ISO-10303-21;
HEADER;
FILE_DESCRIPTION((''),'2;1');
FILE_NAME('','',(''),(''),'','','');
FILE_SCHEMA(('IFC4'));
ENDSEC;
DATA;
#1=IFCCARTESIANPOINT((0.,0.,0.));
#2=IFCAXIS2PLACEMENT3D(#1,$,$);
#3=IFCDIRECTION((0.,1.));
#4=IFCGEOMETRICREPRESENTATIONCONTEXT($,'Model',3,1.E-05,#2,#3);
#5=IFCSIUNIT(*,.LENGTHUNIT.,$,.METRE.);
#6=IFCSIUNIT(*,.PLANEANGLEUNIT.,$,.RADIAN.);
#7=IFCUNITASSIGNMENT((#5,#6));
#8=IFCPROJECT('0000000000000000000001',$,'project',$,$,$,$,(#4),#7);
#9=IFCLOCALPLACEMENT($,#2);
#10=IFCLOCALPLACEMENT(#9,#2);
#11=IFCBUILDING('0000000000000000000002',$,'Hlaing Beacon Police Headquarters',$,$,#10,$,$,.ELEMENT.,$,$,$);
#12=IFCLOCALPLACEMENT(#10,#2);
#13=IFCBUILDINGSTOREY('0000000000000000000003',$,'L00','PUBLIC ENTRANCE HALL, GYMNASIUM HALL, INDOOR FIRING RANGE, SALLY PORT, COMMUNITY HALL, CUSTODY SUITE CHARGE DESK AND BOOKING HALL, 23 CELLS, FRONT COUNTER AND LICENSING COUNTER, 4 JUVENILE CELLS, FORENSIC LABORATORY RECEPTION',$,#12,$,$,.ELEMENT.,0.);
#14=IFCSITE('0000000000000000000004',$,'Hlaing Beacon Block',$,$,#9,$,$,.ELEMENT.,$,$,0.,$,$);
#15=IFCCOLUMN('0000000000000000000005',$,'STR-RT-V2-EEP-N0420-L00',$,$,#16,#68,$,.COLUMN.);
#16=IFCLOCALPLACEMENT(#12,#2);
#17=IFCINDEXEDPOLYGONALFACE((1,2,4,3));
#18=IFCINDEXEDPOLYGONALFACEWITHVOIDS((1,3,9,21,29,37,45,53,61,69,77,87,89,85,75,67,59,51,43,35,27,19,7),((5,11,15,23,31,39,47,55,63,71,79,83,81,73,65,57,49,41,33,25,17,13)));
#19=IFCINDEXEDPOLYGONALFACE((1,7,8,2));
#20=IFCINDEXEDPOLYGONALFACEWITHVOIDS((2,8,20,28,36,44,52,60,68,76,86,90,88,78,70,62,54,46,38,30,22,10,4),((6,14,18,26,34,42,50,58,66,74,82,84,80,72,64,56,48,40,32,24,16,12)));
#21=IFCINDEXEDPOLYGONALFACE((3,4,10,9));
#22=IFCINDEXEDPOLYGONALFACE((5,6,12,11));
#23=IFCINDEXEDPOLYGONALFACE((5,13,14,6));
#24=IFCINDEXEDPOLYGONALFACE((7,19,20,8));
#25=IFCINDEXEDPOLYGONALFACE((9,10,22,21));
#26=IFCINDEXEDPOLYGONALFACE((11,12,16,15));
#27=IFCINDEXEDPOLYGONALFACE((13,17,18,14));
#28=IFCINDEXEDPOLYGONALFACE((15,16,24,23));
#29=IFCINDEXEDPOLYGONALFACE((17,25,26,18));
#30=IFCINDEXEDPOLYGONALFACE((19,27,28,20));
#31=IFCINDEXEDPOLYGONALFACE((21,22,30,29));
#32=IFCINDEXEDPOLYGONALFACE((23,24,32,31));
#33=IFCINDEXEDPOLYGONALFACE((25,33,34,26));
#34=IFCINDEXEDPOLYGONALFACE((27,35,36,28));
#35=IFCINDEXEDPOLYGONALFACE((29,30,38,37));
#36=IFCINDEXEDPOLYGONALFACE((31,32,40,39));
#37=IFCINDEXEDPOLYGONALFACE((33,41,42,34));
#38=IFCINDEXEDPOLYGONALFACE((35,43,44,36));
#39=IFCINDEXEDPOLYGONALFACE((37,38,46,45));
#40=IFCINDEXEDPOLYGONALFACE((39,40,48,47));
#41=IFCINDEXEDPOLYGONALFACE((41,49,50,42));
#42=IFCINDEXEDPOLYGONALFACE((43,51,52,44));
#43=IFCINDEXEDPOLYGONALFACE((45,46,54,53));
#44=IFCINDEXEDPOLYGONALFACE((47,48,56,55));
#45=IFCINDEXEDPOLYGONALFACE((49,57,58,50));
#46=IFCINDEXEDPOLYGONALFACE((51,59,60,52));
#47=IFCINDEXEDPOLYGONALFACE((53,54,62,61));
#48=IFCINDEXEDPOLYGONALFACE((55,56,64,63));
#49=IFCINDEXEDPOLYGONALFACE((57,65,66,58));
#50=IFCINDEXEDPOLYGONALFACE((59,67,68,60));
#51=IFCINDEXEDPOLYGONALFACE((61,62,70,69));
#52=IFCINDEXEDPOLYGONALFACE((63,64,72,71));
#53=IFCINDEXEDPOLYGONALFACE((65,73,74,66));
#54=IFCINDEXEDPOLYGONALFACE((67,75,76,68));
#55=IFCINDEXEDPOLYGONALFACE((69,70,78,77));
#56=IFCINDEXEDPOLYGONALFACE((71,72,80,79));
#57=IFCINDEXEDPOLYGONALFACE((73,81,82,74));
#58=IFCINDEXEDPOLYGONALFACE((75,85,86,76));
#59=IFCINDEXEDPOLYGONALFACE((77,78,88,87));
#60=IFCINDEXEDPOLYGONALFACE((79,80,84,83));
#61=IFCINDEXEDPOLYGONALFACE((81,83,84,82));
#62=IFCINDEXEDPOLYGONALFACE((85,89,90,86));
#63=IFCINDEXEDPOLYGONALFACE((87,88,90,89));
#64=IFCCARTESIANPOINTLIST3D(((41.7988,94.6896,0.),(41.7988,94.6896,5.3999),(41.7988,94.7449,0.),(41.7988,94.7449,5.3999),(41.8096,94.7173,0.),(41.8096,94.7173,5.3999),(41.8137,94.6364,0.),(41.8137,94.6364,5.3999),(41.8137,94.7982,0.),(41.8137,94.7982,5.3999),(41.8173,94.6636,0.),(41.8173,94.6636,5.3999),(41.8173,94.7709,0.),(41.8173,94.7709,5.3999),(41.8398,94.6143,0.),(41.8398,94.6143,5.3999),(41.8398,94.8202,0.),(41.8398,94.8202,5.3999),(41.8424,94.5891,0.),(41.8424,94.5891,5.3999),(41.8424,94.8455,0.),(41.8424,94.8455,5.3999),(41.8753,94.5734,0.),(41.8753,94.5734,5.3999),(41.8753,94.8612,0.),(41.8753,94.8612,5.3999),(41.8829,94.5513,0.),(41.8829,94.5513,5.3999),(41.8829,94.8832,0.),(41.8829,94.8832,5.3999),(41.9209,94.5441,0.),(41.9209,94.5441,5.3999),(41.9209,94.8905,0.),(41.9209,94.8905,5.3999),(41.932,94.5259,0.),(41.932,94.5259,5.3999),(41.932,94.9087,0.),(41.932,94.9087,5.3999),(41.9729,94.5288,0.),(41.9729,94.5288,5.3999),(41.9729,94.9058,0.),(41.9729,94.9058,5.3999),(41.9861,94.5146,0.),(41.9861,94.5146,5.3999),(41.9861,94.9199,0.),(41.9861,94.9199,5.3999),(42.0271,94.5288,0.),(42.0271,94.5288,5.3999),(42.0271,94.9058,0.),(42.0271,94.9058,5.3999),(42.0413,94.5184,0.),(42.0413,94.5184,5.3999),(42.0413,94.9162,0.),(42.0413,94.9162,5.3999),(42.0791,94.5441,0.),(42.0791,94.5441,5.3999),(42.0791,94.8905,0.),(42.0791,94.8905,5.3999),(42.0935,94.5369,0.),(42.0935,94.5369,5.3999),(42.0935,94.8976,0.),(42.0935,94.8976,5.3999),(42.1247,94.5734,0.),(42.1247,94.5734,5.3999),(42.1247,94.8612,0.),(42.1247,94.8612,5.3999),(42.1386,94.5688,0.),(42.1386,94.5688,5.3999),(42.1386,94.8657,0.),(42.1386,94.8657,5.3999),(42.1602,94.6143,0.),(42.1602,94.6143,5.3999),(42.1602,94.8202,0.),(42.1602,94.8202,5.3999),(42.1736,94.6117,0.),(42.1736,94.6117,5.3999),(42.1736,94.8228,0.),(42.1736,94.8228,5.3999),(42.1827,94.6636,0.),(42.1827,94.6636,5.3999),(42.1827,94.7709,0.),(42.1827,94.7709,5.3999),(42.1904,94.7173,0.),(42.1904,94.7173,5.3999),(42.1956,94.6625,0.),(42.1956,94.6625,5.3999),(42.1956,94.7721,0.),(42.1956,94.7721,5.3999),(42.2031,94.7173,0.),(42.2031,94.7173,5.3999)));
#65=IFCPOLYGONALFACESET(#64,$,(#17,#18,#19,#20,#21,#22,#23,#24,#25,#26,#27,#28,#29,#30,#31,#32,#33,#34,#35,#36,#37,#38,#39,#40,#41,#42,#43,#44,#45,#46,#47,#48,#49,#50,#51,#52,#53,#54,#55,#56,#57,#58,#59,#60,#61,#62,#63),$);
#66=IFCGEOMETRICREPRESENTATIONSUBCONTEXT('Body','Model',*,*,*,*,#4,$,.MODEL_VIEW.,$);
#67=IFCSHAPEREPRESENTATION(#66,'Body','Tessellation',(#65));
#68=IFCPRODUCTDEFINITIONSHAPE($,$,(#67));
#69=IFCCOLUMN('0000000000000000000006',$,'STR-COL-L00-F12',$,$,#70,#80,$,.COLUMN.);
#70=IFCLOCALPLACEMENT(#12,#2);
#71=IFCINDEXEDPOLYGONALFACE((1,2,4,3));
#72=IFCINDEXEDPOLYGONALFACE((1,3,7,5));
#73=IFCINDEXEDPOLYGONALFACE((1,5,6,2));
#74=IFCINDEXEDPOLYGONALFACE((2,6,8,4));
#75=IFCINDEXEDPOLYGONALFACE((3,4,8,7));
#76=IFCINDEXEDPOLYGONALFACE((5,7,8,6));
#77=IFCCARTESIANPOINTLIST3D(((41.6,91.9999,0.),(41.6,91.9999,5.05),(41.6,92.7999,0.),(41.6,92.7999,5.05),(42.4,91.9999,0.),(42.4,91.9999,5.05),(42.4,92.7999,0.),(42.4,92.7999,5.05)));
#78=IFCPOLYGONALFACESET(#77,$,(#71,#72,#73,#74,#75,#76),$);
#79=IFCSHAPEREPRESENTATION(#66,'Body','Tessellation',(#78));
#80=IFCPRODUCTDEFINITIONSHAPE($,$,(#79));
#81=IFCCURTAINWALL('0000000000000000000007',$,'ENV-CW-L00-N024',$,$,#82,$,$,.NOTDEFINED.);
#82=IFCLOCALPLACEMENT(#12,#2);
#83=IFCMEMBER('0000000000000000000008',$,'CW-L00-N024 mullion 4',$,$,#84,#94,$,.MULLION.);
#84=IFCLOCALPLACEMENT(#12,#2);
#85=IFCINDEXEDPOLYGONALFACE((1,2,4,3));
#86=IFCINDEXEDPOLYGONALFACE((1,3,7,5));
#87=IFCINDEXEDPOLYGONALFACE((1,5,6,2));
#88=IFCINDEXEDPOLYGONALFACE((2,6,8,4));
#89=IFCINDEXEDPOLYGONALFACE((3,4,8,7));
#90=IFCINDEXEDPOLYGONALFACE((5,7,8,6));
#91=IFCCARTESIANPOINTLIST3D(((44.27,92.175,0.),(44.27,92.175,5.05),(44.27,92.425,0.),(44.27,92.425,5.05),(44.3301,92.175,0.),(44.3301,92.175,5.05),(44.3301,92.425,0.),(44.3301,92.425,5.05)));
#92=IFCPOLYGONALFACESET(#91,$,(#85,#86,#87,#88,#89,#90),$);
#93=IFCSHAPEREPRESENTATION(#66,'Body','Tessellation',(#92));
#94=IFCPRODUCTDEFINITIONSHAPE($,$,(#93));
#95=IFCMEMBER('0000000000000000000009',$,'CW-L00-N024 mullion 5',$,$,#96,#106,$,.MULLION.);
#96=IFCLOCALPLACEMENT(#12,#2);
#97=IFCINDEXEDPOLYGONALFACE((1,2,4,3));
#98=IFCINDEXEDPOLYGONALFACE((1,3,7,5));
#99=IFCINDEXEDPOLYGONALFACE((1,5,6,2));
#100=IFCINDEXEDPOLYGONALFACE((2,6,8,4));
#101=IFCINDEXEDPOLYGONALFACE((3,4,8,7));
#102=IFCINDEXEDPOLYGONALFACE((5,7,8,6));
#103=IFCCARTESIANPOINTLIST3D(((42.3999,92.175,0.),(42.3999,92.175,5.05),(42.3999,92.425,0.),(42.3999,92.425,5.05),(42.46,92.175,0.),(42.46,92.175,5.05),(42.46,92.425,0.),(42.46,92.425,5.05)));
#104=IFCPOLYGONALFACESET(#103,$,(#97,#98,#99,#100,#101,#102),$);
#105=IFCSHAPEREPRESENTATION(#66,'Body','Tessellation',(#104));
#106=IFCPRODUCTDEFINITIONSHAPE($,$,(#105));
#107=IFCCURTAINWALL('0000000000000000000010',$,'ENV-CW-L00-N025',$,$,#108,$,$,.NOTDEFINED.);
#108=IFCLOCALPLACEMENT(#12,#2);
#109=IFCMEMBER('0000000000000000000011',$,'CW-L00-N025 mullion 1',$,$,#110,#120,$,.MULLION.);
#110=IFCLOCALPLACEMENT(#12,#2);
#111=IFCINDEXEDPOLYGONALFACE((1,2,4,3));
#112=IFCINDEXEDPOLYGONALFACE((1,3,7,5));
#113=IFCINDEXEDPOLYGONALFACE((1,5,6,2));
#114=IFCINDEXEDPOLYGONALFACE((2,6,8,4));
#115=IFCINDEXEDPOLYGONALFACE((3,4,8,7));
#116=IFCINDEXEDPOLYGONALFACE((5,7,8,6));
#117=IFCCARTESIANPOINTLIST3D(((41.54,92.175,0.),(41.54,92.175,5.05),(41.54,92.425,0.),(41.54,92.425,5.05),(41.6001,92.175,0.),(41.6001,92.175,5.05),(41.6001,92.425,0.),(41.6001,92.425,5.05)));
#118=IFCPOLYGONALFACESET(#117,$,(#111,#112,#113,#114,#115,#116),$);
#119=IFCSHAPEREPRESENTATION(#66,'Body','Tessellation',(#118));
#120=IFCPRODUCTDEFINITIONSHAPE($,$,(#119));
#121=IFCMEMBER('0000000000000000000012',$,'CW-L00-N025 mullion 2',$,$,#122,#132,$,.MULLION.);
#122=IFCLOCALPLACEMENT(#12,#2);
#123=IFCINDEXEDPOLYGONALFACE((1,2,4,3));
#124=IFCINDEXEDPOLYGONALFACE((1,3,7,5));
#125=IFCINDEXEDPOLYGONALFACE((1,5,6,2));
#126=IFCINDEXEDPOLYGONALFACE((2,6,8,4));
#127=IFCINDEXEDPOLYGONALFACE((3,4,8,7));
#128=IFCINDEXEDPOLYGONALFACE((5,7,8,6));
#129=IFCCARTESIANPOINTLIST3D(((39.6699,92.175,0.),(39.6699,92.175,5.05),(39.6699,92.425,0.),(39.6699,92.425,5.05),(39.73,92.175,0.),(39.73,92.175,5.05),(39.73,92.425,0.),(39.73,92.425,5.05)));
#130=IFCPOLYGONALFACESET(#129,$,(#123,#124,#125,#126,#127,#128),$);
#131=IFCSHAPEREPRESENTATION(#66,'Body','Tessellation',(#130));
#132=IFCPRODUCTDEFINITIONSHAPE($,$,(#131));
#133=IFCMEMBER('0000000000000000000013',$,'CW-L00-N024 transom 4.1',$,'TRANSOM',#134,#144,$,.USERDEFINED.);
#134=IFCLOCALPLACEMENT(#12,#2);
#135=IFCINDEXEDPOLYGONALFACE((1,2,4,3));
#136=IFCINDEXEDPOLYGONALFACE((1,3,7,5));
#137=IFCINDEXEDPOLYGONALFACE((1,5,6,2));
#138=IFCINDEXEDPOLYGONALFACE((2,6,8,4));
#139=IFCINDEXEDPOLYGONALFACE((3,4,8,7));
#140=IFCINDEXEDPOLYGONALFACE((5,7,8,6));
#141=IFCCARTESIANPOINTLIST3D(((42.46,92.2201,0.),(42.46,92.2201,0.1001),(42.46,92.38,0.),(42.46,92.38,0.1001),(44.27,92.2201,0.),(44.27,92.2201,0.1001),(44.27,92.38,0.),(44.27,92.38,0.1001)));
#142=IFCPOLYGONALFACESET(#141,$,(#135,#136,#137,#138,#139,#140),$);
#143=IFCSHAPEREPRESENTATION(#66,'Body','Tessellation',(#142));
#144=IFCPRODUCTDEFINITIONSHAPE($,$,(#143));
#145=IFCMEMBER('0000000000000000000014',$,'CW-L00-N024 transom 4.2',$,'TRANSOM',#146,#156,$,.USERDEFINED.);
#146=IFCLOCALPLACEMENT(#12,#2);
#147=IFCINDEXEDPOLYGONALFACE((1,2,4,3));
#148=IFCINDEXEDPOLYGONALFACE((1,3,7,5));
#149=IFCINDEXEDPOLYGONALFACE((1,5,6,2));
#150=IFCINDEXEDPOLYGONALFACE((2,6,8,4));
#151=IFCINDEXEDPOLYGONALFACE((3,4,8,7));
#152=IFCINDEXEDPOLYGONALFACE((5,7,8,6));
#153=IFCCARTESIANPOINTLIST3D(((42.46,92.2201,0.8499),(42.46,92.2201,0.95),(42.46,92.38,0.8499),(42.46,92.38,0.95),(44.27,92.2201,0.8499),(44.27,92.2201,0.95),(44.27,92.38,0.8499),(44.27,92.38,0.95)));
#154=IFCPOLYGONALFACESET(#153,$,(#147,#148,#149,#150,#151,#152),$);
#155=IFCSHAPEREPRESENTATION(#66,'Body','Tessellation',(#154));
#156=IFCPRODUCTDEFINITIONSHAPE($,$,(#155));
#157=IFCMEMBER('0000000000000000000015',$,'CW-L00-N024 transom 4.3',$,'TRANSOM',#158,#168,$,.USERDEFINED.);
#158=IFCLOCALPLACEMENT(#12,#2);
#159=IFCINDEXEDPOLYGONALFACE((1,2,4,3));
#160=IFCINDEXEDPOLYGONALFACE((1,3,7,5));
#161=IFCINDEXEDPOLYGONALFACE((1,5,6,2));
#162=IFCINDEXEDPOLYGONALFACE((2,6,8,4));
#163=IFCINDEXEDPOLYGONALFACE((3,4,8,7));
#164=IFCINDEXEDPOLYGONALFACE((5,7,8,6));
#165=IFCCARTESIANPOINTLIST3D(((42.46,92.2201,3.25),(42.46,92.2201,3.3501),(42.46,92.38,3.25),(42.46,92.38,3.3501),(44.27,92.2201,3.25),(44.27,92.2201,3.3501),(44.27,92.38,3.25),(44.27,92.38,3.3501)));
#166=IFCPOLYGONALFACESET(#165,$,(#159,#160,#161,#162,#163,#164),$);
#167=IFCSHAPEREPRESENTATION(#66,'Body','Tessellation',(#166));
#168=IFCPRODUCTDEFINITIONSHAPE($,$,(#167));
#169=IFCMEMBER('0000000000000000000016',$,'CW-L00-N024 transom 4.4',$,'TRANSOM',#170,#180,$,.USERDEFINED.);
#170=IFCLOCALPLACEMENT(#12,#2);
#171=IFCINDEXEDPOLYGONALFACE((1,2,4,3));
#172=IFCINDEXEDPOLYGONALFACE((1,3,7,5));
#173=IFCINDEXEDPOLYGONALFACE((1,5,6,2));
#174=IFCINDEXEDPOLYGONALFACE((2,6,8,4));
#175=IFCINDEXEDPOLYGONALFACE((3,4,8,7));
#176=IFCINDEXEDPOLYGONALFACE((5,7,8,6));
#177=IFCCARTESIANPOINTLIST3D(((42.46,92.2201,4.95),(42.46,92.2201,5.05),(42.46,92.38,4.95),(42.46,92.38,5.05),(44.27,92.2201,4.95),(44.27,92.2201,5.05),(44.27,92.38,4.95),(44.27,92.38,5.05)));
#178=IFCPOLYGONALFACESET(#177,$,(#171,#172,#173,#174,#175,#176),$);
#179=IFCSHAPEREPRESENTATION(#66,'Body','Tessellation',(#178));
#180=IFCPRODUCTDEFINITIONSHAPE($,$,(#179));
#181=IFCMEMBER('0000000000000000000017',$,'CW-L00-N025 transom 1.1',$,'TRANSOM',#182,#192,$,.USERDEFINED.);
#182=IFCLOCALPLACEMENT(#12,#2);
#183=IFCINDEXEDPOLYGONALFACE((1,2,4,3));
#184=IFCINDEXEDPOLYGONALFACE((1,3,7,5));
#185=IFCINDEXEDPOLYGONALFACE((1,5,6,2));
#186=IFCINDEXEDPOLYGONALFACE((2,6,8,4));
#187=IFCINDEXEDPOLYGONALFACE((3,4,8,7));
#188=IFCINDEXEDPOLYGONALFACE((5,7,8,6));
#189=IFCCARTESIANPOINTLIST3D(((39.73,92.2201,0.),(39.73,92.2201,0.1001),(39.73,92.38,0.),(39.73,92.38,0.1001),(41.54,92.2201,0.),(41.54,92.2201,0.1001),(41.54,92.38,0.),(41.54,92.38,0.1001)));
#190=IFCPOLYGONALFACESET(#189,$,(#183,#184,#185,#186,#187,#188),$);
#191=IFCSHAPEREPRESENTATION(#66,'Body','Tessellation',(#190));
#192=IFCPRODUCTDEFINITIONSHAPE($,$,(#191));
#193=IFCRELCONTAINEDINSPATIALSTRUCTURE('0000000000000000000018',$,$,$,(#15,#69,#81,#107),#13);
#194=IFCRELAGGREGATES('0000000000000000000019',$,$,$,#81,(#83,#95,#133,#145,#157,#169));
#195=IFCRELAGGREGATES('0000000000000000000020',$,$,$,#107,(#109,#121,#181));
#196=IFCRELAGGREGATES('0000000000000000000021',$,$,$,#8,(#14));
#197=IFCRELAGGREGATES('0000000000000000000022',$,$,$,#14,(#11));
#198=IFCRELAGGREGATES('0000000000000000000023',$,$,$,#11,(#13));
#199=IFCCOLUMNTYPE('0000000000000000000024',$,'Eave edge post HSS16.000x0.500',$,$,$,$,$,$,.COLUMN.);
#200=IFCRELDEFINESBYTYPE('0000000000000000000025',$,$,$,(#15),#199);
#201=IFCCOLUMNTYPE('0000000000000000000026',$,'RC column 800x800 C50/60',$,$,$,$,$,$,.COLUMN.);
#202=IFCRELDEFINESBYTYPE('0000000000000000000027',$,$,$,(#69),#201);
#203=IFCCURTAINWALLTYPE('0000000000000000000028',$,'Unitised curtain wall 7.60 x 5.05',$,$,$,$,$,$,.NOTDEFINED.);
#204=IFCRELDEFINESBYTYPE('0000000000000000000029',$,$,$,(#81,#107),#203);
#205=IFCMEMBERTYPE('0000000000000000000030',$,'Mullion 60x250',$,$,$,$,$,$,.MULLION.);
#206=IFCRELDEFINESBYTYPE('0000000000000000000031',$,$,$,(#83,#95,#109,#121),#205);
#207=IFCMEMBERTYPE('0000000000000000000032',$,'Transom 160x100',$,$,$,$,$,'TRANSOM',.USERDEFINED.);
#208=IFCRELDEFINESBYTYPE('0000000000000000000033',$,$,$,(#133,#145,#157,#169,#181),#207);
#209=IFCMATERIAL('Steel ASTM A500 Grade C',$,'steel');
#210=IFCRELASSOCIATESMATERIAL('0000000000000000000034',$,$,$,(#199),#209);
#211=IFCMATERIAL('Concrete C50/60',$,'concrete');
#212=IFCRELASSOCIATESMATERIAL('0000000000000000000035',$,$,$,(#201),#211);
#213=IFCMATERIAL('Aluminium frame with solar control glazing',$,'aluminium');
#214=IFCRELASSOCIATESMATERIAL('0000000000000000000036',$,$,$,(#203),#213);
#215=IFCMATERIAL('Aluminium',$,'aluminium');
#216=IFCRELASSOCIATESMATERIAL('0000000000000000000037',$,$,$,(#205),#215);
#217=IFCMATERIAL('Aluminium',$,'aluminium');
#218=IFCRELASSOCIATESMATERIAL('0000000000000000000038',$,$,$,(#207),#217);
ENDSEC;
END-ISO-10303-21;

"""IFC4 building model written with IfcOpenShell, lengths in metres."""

from ifc_helpers import new_model, si_unit, direction, frame, origin, origin_2d, place, context, subcontext, project, spatial, rectangle, hollow_circle, extrude, material, material_profile, profile_set, type_object, element, aggregate, save


model = new_model("IFC4")

# Units and contexts
model_context = context("Model", 3, precision=1e-05, world=origin(), true_north=direction((0.0, 1.0)))
body_context = subcontext(model_context, "Body", "Model", "MODEL_VIEW")
ifc_project = project(units=[si_unit("LENGTHUNIT", "METRE"), si_unit("PLANEANGLEUNIT", "RADIAN")], contexts=[model_context])

# Site, building, storey
site_placement = place(None, origin())
site = spatial("IfcSite", under=ifc_project, at=site_placement, Name="Hlaing Beacon Block", CompositionType="ELEMENT", RefElevation=0.0)
building_placement = place(site_placement, origin())
building = spatial("IfcBuilding", under=site, at=building_placement, Name="Hlaing Beacon Police Headquarters", CompositionType="ELEMENT")
storey_placement = place(building_placement, origin())
storey = spatial("IfcBuildingStorey", under=building, at=storey_placement, Name="L00", Description="PUBLIC ENTRANCE HALL, GYMNASIUM HALL, INDOOR FIRING RANGE, SALLY PORT, COMMUNITY HALL, CUSTODY SUITE CHARGE DESK AND BOOKING HALL, 23 CELLS, FRONT COUNTER AND LICENSING COUNTER, 4 JUVENILE CELLS, FORENSIC LABORATORY RECEPTION", CompositionType="ELEMENT", Elevation=0.0)

# Columns
ifc_material_1 = material(Name="Steel ASTM A500 Grade C", Category="steel")
ifc_material_profile_1 = material_profile(ifc_material_1, hollow_circle(Radius=0.2031, WallThickness=0.0127, at=origin_2d()), Name="HSS16.000x0.500")
ifc_profile_set_1 = profile_set([ifc_material_profile_1], Name="Steel ASTM A500 Grade C")
column_type_1 = type_object("IfcColumnType", Name="Eave edge post HSS16.000x0.500", PredefinedType="COLUMN", material=ifc_profile_set_1)
column_1_placement = place(storey_placement, frame((42.0, 94.7173, 0.0), z_axis=(0.0, 0.0, 1.0), x_axis=(1.0, 0.0, 0.0)))
element("IfcColumn", 1, at=column_1_placement, inside=storey, type_object=column_type_1, Name="STR-RT-V2-EEP-N0420-L00", PredefinedType="COLUMN", context=body_context, shape_type="SweptSolid", body=[
    extrude(hollow_circle(Radius=0.2031, WallThickness=0.0127, at=origin_2d()), origin(), (0.0, 0.0, 1.0), 5.3999),
])
ifc_material_2 = material(Name="Concrete C50/60", Category="concrete")
ifc_material_profile_2 = material_profile(ifc_material_2, rectangle(XDim=0.8, YDim=0.8, at=origin_2d()), Name="800x800")
ifc_profile_set_2 = profile_set([ifc_material_profile_2], Name="Concrete C50/60")
column_type_2 = type_object("IfcColumnType", Name="RC column 800x800 C50/60", PredefinedType="COLUMN", material=ifc_profile_set_2)
column_2_placement = place(storey_placement, frame((42.0, 92.3999, 0.0), z_axis=(0.0, 0.0, 1.0), x_axis=(1.0, 0.0, 0.0)))
element("IfcColumn", 2, at=column_2_placement, inside=storey, type_object=column_type_2, Name="STR-COL-L00-F12", PredefinedType="COLUMN", context=body_context, shape_type="SweptSolid", body=[
    extrude(rectangle(XDim=0.8, YDim=0.8, at=origin_2d()), origin(), (0.0, 0.0, 1.0), 5.05),
])

# Curtain walls, members
ifc_material_3 = material(Name="Aluminium frame with solar control glazing", Category="aluminium")
curtain_wall_type = type_object("IfcCurtainWallType", Name="Unitised curtain wall 7.60 x 5.05", PredefinedType="NOTDEFINED", material=ifc_material_3)
curtain_wall_1_placement = place(storey_placement, origin())
curtain_wall_1 = element("IfcCurtainWall", 3, at=curtain_wall_1_placement, inside=storey, type_object=curtain_wall_type, Name="ENV-CW-L00-N024", PredefinedType="NOTDEFINED")
ifc_material_4 = material(Name="Aluminium", Category="aluminium")
ifc_material_profile_3 = material_profile(ifc_material_4, rectangle(XDim=0.25, YDim=0.0601, at=origin_2d()), Name="Mullion 60x250")
ifc_profile_set_3 = profile_set([ifc_material_profile_3], Name="Aluminium")
member_type_1 = type_object("IfcMemberType", Name="Mullion 60x250", PredefinedType="MULLION", material=ifc_profile_set_3)
member_1_placement = place(storey_placement, frame((44.3, 92.3, 0.0), z_axis=(0.0, 0.0, 1.0), x_axis=(0.0, -1.0, 0.0)))
member_1 = element("IfcMember", 4, at=member_1_placement, type_object=member_type_1, Name="CW-L00-N024 mullion 4", PredefinedType="MULLION", context=body_context, shape_type="SweptSolid", body=[
    extrude(rectangle(XDim=0.25, YDim=0.0601, at=origin_2d()), origin(), (0.0, 0.0, 1.0), 5.05),
])
member_2_placement = place(storey_placement, frame((42.4299, 92.3, 0.0), z_axis=(0.0, 0.0, 1.0), x_axis=(0.0, -1.0, 0.0)))
member_2 = element("IfcMember", 5, at=member_2_placement, type_object=member_type_1, Name="CW-L00-N024 mullion 5", PredefinedType="MULLION", context=body_context, shape_type="SweptSolid", body=[
    extrude(rectangle(XDim=0.25, YDim=0.0601, at=origin_2d()), origin(), (0.0, 0.0, 1.0), 5.05),
])
curtain_wall_2_placement = place(storey_placement, origin())
curtain_wall_2 = element("IfcCurtainWall", 6, at=curtain_wall_2_placement, inside=storey, type_object=curtain_wall_type, Name="ENV-CW-L00-N025", PredefinedType="NOTDEFINED")
member_3_placement = place(storey_placement, frame((41.5701, 92.3, 0.0), z_axis=(0.0, 0.0, 1.0), x_axis=(0.0, -1.0, 0.0)))
member_3 = element("IfcMember", 7, at=member_3_placement, type_object=member_type_1, Name="CW-L00-N025 mullion 1", PredefinedType="MULLION", context=body_context, shape_type="SweptSolid", body=[
    extrude(rectangle(XDim=0.25, YDim=0.0601, at=origin_2d()), origin(), (0.0, 0.0, 1.0), 5.05),
])
member_4_placement = place(storey_placement, frame((39.7, 92.3, 0.0), z_axis=(0.0, 0.0, 1.0), x_axis=(0.0, -1.0, 0.0)))
member_4 = element("IfcMember", 8, at=member_4_placement, type_object=member_type_1, Name="CW-L00-N025 mullion 2", PredefinedType="MULLION", context=body_context, shape_type="SweptSolid", body=[
    extrude(rectangle(XDim=0.25, YDim=0.0601, at=origin_2d()), origin(), (0.0, 0.0, 1.0), 5.05),
])

# Members
ifc_material_5 = material(Name="Aluminium", Category="aluminium")
ifc_material_profile_4 = material_profile(ifc_material_5, rectangle(XDim=0.1599, YDim=0.1001, at=origin_2d()), Name="Transom 160x100")
ifc_profile_set_4 = profile_set([ifc_material_profile_4], Name="Aluminium")
member_type_2 = type_object("IfcMemberType", Name="Transom 160x100", ElementType="TRANSOM", PredefinedType="USERDEFINED", material=ifc_profile_set_4)
member_5_placement = place(storey_placement, frame((44.27, 92.3, 0.05), z_axis=(-1.0, 0.0, 0.0), x_axis=(0.0, -1.0, 0.0)))
member_5 = element("IfcMember", 9, at=member_5_placement, type_object=member_type_2, Name="CW-L00-N024 transom 4.1", ObjectType="TRANSOM", PredefinedType="USERDEFINED", context=body_context, shape_type="SweptSolid", body=[
    extrude(rectangle(XDim=0.1599, YDim=0.1001, at=origin_2d()), origin(), (0.0, 0.0, 1.0), 1.8101),
])
member_6_placement = place(storey_placement, frame((44.27, 92.3, 0.8999), z_axis=(-1.0, 0.0, 0.0), x_axis=(0.0, -1.0, 0.0)))
member_6 = element("IfcMember", 10, at=member_6_placement, type_object=member_type_2, Name="CW-L00-N024 transom 4.2", ObjectType="TRANSOM", PredefinedType="USERDEFINED", context=body_context, shape_type="SweptSolid", body=[
    extrude(rectangle(XDim=0.1599, YDim=0.1001, at=origin_2d()), origin(), (0.0, 0.0, 1.0), 1.8101),
])
member_7_placement = place(storey_placement, frame((44.27, 92.3, 3.3), z_axis=(-1.0, 0.0, 0.0), x_axis=(0.0, -1.0, 0.0)))
member_7 = element("IfcMember", 11, at=member_7_placement, type_object=member_type_2, Name="CW-L00-N024 transom 4.3", ObjectType="TRANSOM", PredefinedType="USERDEFINED", context=body_context, shape_type="SweptSolid", body=[
    extrude(rectangle(XDim=0.1599, YDim=0.1001, at=origin_2d()), origin(), (0.0, 0.0, 1.0), 1.8101),
])
member_8_placement = place(storey_placement, frame((44.27, 92.3, 5.0), z_axis=(-1.0, 0.0, 0.0), x_axis=(0.0, -1.0, 0.0)))
member_8 = element("IfcMember", 12, at=member_8_placement, type_object=member_type_2, Name="CW-L00-N024 transom 4.4", ObjectType="TRANSOM", PredefinedType="USERDEFINED", context=body_context, shape_type="SweptSolid", body=[
    extrude(rectangle(XDim=0.1599, YDim=0.1001, at=origin_2d()), origin(), (0.0, 0.0, 1.0), 1.8101),
])
member_9_placement = place(storey_placement, frame((41.54, 92.3, 0.05), z_axis=(-1.0, 0.0, 0.0), x_axis=(0.0, -1.0, 0.0)))
member_9 = element("IfcMember", 13, at=member_9_placement, type_object=member_type_2, Name="CW-L00-N025 transom 1.1", ObjectType="TRANSOM", PredefinedType="USERDEFINED", context=body_context, shape_type="SweptSolid", body=[
    extrude(rectangle(XDim=0.1599, YDim=0.1001, at=origin_2d()), origin(), (0.0, 0.0, 1.0), 1.8101),
])

aggregate(curtain_wall_1, [member_1, member_2, member_5, member_6, member_7, member_8])
aggregate(curtain_wall_2, [member_3, member_4, member_9])

save(model, "model.ifc")
